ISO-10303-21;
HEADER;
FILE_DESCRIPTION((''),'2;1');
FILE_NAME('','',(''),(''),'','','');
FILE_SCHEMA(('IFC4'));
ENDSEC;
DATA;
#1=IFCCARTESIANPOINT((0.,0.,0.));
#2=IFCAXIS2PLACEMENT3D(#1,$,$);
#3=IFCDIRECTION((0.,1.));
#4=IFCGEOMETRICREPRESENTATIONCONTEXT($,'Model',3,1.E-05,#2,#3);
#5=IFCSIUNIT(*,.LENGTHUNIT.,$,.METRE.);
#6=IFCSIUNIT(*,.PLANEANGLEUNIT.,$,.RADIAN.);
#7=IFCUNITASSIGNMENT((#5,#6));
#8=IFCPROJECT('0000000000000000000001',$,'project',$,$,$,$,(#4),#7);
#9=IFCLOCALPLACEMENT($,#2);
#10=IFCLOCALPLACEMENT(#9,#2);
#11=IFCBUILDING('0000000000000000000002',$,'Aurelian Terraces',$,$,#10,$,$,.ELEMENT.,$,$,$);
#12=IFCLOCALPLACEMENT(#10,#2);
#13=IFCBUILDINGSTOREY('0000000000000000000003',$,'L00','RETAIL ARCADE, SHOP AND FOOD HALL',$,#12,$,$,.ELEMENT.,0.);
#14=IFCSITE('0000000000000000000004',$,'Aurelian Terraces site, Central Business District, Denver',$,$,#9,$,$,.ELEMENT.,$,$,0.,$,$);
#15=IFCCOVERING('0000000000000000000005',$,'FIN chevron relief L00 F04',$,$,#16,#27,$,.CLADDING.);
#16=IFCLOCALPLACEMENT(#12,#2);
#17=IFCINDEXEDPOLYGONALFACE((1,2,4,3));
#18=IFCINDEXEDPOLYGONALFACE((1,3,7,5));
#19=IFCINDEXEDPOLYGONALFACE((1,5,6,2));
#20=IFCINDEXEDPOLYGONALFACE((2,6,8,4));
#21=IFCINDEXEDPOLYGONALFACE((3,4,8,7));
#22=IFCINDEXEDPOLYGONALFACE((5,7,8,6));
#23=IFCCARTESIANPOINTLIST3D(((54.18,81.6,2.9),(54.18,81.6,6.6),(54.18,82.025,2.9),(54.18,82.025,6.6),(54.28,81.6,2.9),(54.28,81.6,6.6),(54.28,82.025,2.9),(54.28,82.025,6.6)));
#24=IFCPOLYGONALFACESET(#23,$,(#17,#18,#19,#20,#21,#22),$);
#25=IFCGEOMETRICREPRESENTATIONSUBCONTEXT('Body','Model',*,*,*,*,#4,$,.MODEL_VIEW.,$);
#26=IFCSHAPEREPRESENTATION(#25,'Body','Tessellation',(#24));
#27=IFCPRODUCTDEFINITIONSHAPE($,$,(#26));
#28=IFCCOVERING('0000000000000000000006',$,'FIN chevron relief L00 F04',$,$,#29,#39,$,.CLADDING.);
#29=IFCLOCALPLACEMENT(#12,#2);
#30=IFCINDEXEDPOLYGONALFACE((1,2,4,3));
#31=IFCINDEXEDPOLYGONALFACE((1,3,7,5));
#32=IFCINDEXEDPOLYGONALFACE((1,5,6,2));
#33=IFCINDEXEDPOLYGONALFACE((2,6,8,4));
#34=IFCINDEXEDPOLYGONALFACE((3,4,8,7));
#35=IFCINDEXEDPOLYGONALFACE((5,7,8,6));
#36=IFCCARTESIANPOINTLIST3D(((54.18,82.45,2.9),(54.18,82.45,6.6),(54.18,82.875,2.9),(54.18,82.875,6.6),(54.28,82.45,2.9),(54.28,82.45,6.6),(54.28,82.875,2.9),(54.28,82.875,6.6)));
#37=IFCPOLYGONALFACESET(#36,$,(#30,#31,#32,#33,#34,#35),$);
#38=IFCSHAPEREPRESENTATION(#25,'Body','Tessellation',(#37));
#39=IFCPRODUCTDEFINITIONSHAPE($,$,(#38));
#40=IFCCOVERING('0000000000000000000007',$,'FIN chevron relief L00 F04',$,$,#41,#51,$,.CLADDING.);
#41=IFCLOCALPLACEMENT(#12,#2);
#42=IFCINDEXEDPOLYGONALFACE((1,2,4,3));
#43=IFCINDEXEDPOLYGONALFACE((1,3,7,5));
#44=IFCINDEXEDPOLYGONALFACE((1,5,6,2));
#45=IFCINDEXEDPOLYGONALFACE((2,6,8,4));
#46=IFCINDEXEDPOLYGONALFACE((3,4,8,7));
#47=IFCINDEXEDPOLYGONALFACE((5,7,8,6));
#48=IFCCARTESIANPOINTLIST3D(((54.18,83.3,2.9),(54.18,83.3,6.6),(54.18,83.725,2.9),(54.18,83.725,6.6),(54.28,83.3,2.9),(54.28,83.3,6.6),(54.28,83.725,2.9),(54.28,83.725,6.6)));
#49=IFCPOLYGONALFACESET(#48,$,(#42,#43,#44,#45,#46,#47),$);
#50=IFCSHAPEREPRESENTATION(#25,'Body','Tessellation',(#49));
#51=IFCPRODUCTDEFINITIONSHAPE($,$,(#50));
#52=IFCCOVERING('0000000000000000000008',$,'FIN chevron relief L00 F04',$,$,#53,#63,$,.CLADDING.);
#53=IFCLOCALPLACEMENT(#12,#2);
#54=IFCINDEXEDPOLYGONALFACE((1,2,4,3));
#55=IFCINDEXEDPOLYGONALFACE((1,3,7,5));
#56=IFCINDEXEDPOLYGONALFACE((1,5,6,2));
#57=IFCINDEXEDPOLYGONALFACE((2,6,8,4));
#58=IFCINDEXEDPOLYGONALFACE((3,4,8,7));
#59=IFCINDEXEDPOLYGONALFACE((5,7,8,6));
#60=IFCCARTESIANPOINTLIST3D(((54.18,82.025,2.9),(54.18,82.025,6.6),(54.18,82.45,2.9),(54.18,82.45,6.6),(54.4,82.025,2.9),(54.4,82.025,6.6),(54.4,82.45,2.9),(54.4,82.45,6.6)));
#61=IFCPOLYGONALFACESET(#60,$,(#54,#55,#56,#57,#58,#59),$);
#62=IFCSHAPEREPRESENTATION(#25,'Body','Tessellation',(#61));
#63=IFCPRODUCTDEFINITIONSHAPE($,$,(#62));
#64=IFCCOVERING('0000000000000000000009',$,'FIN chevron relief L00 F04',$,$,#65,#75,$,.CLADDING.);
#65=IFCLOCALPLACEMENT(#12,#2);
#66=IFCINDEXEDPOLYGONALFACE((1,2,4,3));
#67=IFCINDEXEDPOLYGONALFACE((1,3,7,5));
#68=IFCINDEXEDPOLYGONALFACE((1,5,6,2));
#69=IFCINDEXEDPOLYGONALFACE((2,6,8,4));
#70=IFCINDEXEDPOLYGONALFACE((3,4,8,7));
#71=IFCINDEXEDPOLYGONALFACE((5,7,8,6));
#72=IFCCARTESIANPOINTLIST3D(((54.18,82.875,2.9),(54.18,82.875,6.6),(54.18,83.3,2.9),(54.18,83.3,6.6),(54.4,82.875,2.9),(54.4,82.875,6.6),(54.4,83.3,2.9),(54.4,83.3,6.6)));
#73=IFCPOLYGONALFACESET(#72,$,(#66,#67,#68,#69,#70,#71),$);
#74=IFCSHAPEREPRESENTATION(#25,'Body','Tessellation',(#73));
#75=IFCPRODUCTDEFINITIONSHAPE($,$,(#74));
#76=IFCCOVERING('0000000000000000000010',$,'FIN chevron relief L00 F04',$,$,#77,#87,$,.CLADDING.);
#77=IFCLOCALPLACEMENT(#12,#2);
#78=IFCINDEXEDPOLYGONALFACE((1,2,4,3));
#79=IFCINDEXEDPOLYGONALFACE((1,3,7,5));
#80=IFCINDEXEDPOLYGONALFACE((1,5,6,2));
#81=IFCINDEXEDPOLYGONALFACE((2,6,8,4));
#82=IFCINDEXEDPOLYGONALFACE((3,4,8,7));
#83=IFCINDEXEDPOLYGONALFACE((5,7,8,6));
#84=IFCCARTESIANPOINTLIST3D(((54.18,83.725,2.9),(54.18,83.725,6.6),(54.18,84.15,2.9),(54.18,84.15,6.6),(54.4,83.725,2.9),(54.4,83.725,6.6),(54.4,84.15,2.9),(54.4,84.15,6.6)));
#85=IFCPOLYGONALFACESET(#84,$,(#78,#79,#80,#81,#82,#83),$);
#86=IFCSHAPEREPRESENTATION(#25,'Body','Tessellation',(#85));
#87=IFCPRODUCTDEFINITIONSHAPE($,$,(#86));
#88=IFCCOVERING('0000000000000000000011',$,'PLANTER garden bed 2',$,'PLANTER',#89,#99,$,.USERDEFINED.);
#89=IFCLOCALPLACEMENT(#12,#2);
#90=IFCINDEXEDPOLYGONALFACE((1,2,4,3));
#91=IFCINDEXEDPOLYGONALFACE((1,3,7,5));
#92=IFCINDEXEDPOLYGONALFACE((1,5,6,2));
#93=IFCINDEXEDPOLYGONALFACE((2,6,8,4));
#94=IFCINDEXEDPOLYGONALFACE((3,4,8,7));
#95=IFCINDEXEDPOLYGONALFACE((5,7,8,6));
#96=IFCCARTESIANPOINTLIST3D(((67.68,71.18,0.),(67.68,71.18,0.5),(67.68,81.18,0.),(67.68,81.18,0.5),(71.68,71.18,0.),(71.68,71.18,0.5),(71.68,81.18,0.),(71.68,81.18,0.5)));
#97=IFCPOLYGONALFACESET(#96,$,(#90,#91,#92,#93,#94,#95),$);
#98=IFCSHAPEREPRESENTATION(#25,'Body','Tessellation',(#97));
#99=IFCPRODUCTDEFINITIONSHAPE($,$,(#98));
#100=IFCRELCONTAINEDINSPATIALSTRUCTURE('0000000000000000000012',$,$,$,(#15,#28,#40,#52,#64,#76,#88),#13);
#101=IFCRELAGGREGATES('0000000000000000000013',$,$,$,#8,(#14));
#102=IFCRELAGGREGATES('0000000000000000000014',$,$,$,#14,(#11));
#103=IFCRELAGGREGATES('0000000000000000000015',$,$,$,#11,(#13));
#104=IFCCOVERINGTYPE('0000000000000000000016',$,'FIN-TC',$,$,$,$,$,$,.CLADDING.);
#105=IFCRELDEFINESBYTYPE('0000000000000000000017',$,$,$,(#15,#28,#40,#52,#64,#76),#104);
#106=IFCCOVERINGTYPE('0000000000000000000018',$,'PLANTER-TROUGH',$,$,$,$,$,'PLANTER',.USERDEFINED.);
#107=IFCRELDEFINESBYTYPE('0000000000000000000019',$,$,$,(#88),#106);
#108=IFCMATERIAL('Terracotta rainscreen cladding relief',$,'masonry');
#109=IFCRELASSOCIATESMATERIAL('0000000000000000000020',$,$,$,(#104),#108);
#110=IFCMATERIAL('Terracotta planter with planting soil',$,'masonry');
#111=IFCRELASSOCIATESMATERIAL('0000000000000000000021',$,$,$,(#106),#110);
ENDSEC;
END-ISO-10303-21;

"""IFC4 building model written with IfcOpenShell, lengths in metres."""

from ifc_helpers import new_model, si_unit, direction, frame, origin, origin_2d, place, context, subcontext, project, spatial, rectangle, extrude, source, transform, mapped, material, type_object, element, save


model = new_model("IFC4")

# Units and contexts
model_context = context("Model", 3, precision=1e-05, world=origin(), true_north=direction((0.0, 1.0)))
body_context = subcontext(model_context, "Body", "Model", "MODEL_VIEW")
ifc_project = project(units=[si_unit("LENGTHUNIT", "METRE"), si_unit("PLANEANGLEUNIT", "RADIAN")], contexts=[model_context])

# Site, building, storey
site_placement = place(None, origin())
site = spatial("IfcSite", under=ifc_project, at=site_placement, Name="Aurelian Terraces site, Central Business District, Denver", CompositionType="ELEMENT", RefElevation=0.0)
building_placement = place(site_placement, origin())
building = spatial("IfcBuilding", under=site, at=building_placement, Name="Aurelian Terraces", CompositionType="ELEMENT")
storey_placement = place(building_placement, origin())
storey = spatial("IfcBuildingStorey", under=building, at=storey_placement, Name="L00", Description="RETAIL ARCADE, SHOP AND FOOD HALL", CompositionType="ELEMENT", Elevation=0.0)

# Coverings
ifc_material_1 = material(Name="Terracotta rainscreen cladding relief", Category="masonry")
covering_type_1 = type_object("IfcCoveringType", Name="FIN-TC", PredefinedType="CLADDING", material=ifc_material_1)
ifc_material_2 = material(Name="Terracotta planter with planting soil", Category="masonry")
covering_type_2 = type_object("IfcCoveringType", Name="PLANTER-TROUGH", ElementType="PLANTER", PredefinedType="USERDEFINED", material=ifc_material_2)
shared_shape_1 = source(origin(), body_context, "Body", "SweptSolid", [
    extrude(rectangle(XDim=0.1, YDim=0.425, at=origin_2d()), origin(), (0.0, 0.0, 1.0), 3.7),
])
for number, where, z_axis, x_axis, name in (
    (1, (54.23, 81.8125, 2.9), (0.0, 0.0, 1.0), (1.0, 0.0, 0.0), "FIN chevron relief L00 F04"),
    (2, (54.23, 82.6625, 2.9), (0.0, 0.0, 1.0), (1.0, 0.0, 0.0), "FIN chevron relief L00 F04"),
    (3, (54.23, 83.5125, 2.9), (0.0, 0.0, 1.0), (1.0, 0.0, 0.0), "FIN chevron relief L00 F04"),
):
    element("IfcCovering", number, at=place(storey_placement, frame(where, z_axis=z_axis, x_axis=x_axis)), inside=storey, type_object=covering_type_1, Name=name, PredefinedType="CLADDING", context=body_context, shape_type="MappedRepresentation", body=[
        mapped(shared_shape_1, transform((0.0, 0.0, 0.0), scale=1.0)),
    ])
shared_shape_2 = source(origin(), body_context, "Body", "SweptSolid", [
    extrude(rectangle(XDim=0.22, YDim=0.425, at=origin_2d()), origin(), (0.0, 0.0, 1.0), 3.7),
])
for number, where, z_axis, x_axis, name in (
    (4, (54.29, 82.2375, 2.9), (0.0, 0.0, 1.0), (1.0, 0.0, 0.0), "FIN chevron relief L00 F04"),
    (5, (54.29, 83.0875, 2.9), (0.0, 0.0, 1.0), (1.0, 0.0, 0.0), "FIN chevron relief L00 F04"),
    (6, (54.29, 83.9375, 2.9), (0.0, 0.0, 1.0), (1.0, 0.0, 0.0), "FIN chevron relief L00 F04"),
):
    element("IfcCovering", number, at=place(storey_placement, frame(where, z_axis=z_axis, x_axis=x_axis)), inside=storey, type_object=covering_type_1, Name=name, PredefinedType="CLADDING", context=body_context, shape_type="MappedRepresentation", body=[
        mapped(shared_shape_2, transform((0.0, 0.0, 0.0), scale=1.0)),
    ])
shared_shape_3 = source(origin(), body_context, "Body", "SweptSolid", [
    extrude(rectangle(XDim=4.0, YDim=10.0, at=origin_2d()), origin(), (0.0, 0.0, 1.0), 0.5),
])
covering_1_placement = place(storey_placement, frame((69.68, 76.18, 0.0), z_axis=(0.0, 0.0, 1.0), x_axis=(1.0, 0.0, 0.0)))
element("IfcCovering", 7, at=covering_1_placement, inside=storey, type_object=covering_type_2, Name="PLANTER garden bed 2", ObjectType="PLANTER", PredefinedType="USERDEFINED", context=body_context, shape_type="MappedRepresentation", body=[
    mapped(shared_shape_3, transform((0.0, 0.0, 0.0), scale=1.0)),
])

save(model, "model.ifc")
